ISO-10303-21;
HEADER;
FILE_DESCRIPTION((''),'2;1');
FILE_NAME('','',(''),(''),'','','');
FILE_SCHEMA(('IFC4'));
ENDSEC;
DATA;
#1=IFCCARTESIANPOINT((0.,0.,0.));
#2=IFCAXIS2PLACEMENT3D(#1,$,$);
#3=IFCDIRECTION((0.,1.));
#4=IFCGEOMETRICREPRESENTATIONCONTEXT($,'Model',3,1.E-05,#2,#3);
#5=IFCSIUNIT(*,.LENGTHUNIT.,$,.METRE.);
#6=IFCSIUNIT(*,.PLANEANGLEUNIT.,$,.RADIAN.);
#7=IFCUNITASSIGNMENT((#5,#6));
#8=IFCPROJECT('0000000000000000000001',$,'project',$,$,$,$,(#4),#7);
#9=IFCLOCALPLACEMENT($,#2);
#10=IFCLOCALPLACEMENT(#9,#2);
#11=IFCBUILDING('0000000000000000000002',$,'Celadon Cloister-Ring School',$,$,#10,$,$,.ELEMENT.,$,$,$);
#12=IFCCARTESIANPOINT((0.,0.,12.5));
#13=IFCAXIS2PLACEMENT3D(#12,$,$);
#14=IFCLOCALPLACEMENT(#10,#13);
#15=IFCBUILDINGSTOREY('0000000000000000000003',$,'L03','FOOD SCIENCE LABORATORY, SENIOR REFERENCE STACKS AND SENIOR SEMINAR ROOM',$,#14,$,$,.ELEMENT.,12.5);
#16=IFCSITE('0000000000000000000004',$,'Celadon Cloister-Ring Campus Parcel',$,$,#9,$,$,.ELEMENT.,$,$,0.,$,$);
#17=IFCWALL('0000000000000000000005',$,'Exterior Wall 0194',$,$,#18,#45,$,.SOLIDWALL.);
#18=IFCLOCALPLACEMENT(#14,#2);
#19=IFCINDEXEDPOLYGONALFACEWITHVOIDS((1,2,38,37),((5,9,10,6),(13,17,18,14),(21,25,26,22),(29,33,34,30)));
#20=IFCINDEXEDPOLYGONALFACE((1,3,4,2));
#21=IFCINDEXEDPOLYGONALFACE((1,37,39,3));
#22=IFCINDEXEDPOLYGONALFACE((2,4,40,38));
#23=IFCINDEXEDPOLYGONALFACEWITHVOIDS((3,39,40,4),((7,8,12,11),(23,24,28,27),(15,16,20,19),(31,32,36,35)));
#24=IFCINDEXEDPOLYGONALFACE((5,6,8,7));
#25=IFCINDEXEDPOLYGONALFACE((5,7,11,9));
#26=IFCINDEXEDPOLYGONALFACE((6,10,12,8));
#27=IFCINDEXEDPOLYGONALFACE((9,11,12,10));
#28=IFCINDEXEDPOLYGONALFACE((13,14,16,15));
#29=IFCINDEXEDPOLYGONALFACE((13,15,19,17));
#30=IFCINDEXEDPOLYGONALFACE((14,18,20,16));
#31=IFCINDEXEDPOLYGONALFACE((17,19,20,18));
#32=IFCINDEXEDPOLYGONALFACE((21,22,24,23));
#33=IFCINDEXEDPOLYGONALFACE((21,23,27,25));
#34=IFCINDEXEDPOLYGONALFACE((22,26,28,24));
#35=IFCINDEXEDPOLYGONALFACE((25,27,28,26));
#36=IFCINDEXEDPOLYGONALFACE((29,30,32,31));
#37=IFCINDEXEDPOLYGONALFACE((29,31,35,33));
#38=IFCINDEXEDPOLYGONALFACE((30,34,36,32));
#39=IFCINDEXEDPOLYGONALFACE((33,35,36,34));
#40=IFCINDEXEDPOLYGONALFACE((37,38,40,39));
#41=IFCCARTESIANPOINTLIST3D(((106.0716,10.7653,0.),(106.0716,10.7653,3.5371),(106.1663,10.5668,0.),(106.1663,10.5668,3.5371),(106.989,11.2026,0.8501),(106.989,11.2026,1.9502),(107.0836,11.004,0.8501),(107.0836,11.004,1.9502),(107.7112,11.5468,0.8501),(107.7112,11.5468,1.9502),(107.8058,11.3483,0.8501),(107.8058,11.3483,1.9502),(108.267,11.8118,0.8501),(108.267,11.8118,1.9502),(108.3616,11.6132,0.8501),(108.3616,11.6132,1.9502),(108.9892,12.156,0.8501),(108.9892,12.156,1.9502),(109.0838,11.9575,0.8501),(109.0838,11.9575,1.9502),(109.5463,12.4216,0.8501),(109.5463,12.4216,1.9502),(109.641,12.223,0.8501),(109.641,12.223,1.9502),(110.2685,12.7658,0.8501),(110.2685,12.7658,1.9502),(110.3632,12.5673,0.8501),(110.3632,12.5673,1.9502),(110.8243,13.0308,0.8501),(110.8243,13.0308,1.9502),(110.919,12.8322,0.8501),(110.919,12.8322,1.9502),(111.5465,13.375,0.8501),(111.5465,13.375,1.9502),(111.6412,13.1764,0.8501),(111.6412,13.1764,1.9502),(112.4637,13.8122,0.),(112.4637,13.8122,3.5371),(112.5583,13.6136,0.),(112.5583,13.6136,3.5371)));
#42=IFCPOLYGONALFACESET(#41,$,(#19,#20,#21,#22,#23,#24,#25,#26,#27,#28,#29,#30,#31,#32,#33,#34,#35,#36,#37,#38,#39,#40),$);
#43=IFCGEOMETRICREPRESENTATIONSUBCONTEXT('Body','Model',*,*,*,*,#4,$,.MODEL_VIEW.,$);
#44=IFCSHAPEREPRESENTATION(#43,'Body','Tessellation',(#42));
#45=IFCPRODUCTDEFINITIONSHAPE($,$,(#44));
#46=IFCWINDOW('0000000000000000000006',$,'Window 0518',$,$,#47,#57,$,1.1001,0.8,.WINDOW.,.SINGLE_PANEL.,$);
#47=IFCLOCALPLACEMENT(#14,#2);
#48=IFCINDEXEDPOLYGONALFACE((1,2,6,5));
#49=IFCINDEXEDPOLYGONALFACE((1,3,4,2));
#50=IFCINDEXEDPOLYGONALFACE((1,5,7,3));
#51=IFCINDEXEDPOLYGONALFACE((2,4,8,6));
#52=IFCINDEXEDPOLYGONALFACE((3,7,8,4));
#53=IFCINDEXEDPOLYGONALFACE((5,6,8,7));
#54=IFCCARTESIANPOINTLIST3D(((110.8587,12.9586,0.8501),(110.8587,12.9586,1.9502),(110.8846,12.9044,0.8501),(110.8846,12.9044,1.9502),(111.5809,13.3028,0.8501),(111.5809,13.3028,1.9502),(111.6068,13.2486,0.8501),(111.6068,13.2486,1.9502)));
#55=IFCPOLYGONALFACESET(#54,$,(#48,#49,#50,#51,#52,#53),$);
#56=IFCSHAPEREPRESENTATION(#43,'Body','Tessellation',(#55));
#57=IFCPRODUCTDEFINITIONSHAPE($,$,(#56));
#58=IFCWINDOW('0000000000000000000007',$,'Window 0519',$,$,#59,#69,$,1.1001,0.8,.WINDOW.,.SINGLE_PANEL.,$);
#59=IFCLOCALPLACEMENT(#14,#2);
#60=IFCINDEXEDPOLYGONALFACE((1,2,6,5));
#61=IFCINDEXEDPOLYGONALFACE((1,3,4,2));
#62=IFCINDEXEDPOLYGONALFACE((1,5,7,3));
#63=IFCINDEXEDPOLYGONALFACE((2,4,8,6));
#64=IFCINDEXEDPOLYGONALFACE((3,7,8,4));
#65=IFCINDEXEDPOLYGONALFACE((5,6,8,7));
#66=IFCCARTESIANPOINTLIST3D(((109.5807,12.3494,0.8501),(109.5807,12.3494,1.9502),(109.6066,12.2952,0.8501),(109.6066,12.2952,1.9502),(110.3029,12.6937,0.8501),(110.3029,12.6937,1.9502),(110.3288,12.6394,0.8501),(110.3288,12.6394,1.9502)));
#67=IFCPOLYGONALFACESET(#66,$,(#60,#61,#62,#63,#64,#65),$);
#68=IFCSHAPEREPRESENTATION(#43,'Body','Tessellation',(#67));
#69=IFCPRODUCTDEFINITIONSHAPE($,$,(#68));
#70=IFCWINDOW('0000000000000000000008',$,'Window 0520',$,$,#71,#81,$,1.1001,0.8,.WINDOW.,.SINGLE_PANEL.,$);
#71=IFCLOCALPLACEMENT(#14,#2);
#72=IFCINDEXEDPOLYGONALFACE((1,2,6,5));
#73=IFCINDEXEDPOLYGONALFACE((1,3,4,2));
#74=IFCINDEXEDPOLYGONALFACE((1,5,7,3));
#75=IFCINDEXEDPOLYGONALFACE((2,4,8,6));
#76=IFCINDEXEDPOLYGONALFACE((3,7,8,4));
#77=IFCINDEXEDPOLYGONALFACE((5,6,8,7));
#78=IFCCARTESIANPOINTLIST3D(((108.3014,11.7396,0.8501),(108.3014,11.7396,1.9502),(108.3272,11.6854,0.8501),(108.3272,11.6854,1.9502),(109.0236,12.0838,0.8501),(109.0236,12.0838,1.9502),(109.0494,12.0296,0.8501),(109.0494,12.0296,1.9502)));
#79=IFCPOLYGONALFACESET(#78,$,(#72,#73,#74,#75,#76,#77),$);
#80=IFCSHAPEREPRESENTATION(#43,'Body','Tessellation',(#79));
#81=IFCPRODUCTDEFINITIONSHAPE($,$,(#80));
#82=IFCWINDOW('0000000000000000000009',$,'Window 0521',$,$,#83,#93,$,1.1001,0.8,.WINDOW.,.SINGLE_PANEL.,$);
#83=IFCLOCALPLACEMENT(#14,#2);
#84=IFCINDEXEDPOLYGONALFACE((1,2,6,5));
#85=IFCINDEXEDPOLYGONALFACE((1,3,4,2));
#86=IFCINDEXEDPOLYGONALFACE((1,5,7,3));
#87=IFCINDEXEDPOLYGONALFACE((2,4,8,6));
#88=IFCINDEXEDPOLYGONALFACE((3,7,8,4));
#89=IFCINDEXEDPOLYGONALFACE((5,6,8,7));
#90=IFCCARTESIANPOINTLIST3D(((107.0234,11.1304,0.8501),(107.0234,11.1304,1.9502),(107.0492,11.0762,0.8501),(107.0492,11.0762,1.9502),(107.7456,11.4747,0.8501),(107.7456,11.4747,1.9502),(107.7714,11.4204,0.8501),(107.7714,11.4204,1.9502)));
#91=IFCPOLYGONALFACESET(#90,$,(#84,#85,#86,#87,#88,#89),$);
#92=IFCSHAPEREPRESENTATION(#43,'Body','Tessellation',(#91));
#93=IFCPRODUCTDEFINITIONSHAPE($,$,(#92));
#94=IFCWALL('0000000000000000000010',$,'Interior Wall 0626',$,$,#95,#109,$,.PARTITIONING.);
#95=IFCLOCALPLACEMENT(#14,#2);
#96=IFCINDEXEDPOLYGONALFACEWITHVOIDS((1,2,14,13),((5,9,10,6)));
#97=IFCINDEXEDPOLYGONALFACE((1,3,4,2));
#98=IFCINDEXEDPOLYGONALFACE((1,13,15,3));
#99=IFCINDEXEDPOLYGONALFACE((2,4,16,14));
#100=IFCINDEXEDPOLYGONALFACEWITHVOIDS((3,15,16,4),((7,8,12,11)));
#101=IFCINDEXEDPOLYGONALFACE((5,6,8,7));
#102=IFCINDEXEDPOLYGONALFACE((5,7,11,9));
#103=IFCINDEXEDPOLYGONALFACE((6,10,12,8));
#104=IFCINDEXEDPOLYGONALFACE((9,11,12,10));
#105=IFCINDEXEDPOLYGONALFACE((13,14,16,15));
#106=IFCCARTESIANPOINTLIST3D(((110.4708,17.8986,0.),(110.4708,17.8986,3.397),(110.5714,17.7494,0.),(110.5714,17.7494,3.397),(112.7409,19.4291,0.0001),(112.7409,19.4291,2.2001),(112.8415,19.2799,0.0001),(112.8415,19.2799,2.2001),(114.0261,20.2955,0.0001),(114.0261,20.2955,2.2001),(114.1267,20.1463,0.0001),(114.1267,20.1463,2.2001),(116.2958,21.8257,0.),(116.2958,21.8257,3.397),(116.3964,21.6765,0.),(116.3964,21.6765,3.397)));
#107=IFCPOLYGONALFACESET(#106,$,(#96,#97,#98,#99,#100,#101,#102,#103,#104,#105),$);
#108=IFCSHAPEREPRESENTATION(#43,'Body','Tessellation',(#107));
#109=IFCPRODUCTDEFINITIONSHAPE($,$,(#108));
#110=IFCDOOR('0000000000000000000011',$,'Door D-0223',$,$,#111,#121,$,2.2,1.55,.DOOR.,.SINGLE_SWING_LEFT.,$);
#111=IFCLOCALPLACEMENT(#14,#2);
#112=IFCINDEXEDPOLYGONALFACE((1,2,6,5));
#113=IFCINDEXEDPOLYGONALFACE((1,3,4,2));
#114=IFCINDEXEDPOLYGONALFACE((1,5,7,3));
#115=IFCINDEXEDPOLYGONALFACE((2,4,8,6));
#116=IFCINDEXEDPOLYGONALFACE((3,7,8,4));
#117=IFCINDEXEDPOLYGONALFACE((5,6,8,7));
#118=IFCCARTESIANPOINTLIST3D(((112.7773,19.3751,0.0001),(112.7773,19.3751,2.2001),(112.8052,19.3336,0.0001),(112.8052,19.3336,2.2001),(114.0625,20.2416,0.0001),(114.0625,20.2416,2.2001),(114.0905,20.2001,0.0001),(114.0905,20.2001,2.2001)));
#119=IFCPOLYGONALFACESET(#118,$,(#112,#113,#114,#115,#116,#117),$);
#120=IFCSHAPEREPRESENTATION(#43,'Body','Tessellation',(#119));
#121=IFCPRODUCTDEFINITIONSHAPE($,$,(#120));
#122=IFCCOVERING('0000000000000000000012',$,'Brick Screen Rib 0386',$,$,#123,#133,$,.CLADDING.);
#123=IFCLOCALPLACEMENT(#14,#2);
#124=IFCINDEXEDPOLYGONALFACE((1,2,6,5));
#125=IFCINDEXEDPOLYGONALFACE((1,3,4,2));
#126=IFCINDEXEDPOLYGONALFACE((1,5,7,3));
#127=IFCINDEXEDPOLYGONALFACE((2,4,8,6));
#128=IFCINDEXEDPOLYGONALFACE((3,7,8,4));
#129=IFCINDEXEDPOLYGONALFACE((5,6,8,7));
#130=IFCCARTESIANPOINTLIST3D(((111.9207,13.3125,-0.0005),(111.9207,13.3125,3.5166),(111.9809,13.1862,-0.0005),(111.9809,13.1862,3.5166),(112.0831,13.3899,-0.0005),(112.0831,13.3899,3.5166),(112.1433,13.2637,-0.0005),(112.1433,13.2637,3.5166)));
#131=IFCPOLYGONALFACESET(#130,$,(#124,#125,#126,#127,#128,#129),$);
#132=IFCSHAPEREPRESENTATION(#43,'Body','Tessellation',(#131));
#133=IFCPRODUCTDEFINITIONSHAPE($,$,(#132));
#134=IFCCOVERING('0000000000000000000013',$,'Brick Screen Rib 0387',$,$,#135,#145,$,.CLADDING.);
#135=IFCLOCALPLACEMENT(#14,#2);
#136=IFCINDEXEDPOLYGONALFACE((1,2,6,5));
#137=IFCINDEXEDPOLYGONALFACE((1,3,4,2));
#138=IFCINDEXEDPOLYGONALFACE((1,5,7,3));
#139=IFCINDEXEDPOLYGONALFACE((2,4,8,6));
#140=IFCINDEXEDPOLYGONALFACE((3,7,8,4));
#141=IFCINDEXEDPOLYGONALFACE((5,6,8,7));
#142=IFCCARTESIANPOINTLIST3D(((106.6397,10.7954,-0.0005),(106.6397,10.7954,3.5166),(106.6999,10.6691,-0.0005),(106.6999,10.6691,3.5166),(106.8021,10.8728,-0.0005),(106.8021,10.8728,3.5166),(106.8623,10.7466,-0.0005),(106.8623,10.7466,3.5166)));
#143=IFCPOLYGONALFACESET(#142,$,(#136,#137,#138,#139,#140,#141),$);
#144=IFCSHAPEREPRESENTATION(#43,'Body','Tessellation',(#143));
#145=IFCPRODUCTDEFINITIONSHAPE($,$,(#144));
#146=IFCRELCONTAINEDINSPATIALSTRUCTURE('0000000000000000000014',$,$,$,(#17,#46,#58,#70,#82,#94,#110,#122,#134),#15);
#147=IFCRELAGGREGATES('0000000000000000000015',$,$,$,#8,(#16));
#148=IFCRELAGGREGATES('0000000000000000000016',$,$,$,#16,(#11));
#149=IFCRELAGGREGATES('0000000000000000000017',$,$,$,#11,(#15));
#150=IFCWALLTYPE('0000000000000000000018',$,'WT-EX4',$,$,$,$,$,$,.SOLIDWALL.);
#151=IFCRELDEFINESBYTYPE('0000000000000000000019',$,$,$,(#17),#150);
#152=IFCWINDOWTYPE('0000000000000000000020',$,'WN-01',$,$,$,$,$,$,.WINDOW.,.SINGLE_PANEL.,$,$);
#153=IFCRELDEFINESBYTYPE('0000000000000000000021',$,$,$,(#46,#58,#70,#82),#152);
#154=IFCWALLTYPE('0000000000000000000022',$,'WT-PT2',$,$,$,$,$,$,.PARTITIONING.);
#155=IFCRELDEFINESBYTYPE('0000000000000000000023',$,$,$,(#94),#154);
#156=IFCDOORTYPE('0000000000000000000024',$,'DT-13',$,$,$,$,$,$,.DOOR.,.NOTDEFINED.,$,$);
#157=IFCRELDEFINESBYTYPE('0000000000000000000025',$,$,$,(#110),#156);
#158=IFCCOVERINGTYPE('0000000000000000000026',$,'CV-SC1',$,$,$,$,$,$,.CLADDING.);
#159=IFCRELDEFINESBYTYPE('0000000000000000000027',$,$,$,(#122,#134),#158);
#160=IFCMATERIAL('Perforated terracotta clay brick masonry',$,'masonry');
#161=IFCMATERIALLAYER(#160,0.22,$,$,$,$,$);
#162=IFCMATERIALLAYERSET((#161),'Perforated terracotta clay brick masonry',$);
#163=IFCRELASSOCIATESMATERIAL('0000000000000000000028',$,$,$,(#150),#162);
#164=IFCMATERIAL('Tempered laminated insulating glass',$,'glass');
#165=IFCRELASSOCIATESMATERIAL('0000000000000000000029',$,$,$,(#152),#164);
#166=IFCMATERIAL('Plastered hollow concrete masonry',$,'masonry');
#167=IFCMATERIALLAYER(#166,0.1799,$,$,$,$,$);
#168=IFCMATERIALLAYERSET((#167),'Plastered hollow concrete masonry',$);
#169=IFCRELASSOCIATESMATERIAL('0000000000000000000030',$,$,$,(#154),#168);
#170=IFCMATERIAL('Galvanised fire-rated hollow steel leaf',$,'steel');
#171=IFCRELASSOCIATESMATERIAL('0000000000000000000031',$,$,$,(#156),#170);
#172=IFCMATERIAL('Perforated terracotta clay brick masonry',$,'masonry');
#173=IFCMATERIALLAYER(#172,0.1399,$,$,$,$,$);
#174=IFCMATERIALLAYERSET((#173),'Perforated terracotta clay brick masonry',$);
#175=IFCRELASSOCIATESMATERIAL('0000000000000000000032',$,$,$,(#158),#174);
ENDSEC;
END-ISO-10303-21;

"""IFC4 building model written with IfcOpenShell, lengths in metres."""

from ifc_helpers import new_model, si_unit, direction, frame, frame_2d, origin, origin_2d, place, context, subcontext, project, spatial, rectangle, extrude, material, layer, layer_set, type_object, element, fill, save


model = new_model("IFC4")

# Units and contexts
model_context = context("Model", 3, precision=1e-05, world=origin(), true_north=direction((0.0, 1.0)))
body_context = subcontext(model_context, "Body", "Model", "MODEL_VIEW")
ifc_project = project(units=[si_unit("LENGTHUNIT", "METRE"), si_unit("PLANEANGLEUNIT", "RADIAN")], contexts=[model_context])

# Site, building, storey
site_placement = place(None, origin())
site = spatial("IfcSite", under=ifc_project, at=site_placement, Name="Celadon Cloister-Ring Campus Parcel", CompositionType="ELEMENT", RefElevation=0.0)
building_placement = place(site_placement, origin())
building = spatial("IfcBuilding", under=site, at=building_placement, Name="Celadon Cloister-Ring School", CompositionType="ELEMENT")
storey_placement = place(building_placement, frame((0.0, 0.0, 12.5)))
storey = spatial("IfcBuildingStorey", under=building, at=storey_placement, Name="L03", Description="FOOD SCIENCE LABORATORY, SENIOR REFERENCE STACKS AND SENIOR SEMINAR ROOM", CompositionType="ELEMENT", Elevation=12.5)

# Wall, openings, windows
ifc_material_1 = material(Name="Perforated terracotta clay brick masonry", Category="masonry")
ifc_layer_1 = layer(ifc_material_1, 0.22)
ifc_layer_set_1 = layer_set([ifc_layer_1], Name="Perforated terracotta clay brick masonry")
wall_type_1 = type_object("IfcWallType", Name="WT-EX4", PredefinedType="SOLIDWALL", material=ifc_layer_set_1)
wall_1_placement = place(storey_placement, frame((112.511, 13.7129, 0.0), z_axis=(0.0, 0.0, 1.0), x_axis=(-0.902695, -0.430282, 0.0)))
wall_1 = element("IfcWall", 1, at=wall_1_placement, inside=storey, type_object=wall_type_1, Name="Exterior Wall 0194", PredefinedType="SOLIDWALL", context=body_context, shape_type="SweptSolid", body=[
    extrude(rectangle(XDim=7.0811, YDim=0.22, at=frame_2d((3.5405, 0.0))), origin(), (0.0, 0.0, 1.0), 3.5371),
])
opening_1_placement = place(wall_1_placement, frame((1.0161, 0.0, 0.8501)))
opening_1 = element("IfcOpeningElement", 2, at=opening_1_placement, cuts=wall_1, PredefinedType="OPENING", context=body_context, shape_type="SweptSolid", body=[
    extrude(rectangle(XDim=0.8, YDim=1.1001, at=frame_2d((0.3999, 0.55))), frame((0.0, 0.1201, 0.0), z_axis=(0.0, -1.0, 0.0), x_axis=(1.0, 0.0, 0.0)), (0.0, 0.0, 1.0), 0.24),
])
opening_2_placement = place(wall_1_placement, frame((2.4319, 0.0, 0.8501)))
opening_2 = element("IfcOpeningElement", 3, at=opening_2_placement, cuts=wall_1, PredefinedType="OPENING", context=body_context, shape_type="SweptSolid", body=[
    extrude(rectangle(XDim=0.8, YDim=1.1001, at=frame_2d((0.3999, 0.55))), frame((0.0, 0.1201, 0.0), z_axis=(0.0, -1.0, 0.0), x_axis=(1.0, 0.0, 0.0)), (0.0, 0.0, 1.0), 0.24),
])
opening_3_placement = place(wall_1_placement, frame((3.8491, 0.0, 0.8501)))
opening_3 = element("IfcOpeningElement", 4, at=opening_3_placement, cuts=wall_1, PredefinedType="OPENING", context=body_context, shape_type="SweptSolid", body=[
    extrude(rectangle(XDim=0.8, YDim=1.1001, at=frame_2d((0.3999, 0.55))), frame((0.0, 0.1201, 0.0), z_axis=(0.0, -1.0, 0.0), x_axis=(1.0, 0.0, 0.0)), (0.0, 0.0, 1.0), 0.24),
])
opening_4_placement = place(wall_1_placement, frame((5.2649, 0.0, 0.8501)))
opening_4 = element("IfcOpeningElement", 5, at=opening_4_placement, cuts=wall_1, PredefinedType="OPENING", context=body_context, shape_type="SweptSolid", body=[
    extrude(rectangle(XDim=0.8, YDim=1.1001, at=frame_2d((0.3999, 0.55))), frame((0.0, 0.1201, 0.0), z_axis=(0.0, -1.0, 0.0), x_axis=(1.0, 0.0, 0.0)), (0.0, 0.0, 1.0), 0.24),
])
ifc_material_2 = material(Name="Tempered laminated insulating glass", Category="glass")
window_type = type_object("IfcWindowType", Name="WN-01", PartitioningType="SINGLE_PANEL", PredefinedType="WINDOW", material=ifc_material_2)
window_1_placement = place(opening_1_placement, origin())
window_1 = element("IfcWindow", 6, at=window_1_placement, inside=storey, type_object=window_type, Name="Window 0518", OverallHeight=1.1001, OverallWidth=0.8, PartitioningType="SINGLE_PANEL", PredefinedType="WINDOW", context=body_context, shape_type="SweptSolid", body=[
    extrude(rectangle(XDim=0.8, YDim=1.1001, at=frame_2d((0.3999, 0.55))), frame((0.0, 0.03, 0.0), z_axis=(0.0, -1.0, 0.0), x_axis=(1.0, 0.0, 0.0)), (0.0, 0.0, 1.0), 0.0601),
])
fill(opening_1, window_1)
window_2_placement = place(opening_2_placement, origin())
window_2 = element("IfcWindow", 7, at=window_2_placement, inside=storey, type_object=window_type, Name="Window 0519", OverallHeight=1.1001, OverallWidth=0.8, PartitioningType="SINGLE_PANEL", PredefinedType="WINDOW", context=body_context, shape_type="SweptSolid", body=[
    extrude(rectangle(XDim=0.8, YDim=1.1001, at=frame_2d((0.3999, 0.55))), frame((0.0, 0.03, 0.0), z_axis=(0.0, -1.0, 0.0), x_axis=(1.0, 0.0, 0.0)), (0.0, 0.0, 1.0), 0.0601),
])
fill(opening_2, window_2)
window_3_placement = place(opening_3_placement, origin())
window_3 = element("IfcWindow", 8, at=window_3_placement, inside=storey, type_object=window_type, Name="Window 0520", OverallHeight=1.1001, OverallWidth=0.8, PartitioningType="SINGLE_PANEL", PredefinedType="WINDOW", context=body_context, shape_type="SweptSolid", body=[
    extrude(rectangle(XDim=0.8, YDim=1.1001, at=frame_2d((0.3999, 0.55))), frame((0.0, 0.03, 0.0), z_axis=(0.0, -1.0, 0.0), x_axis=(1.0, 0.0, 0.0)), (0.0, 0.0, 1.0), 0.0601),
])
fill(opening_3, window_3)
window_4_placement = place(opening_4_placement, origin())
window_4 = element("IfcWindow", 9, at=window_4_placement, inside=storey, type_object=window_type, Name="Window 0521", OverallHeight=1.1001, OverallWidth=0.8, PartitioningType="SINGLE_PANEL", PredefinedType="WINDOW", context=body_context, shape_type="SweptSolid", body=[
    extrude(rectangle(XDim=0.8, YDim=1.1001, at=frame_2d((0.3999, 0.55))), frame((0.0, 0.03, 0.0), z_axis=(0.0, -1.0, 0.0), x_axis=(1.0, 0.0, 0.0)), (0.0, 0.0, 1.0), 0.0601),
])
fill(opening_4, window_4)

# Wall, opening, door
ifc_material_3 = material(Name="Plastered hollow concrete masonry", Category="masonry")
ifc_layer_2 = layer(ifc_material_3, 0.1799)
ifc_layer_set_2 = layer_set([ifc_layer_2], Name="Plastered hollow concrete masonry")
wall_type_2 = type_object("IfcWallType", Name="WT-PT2", PredefinedType="PARTITIONING", material=ifc_layer_set_2)
wall_2_placement = place(storey_placement, frame((110.521, 17.824, 0.0), z_axis=(0.0, 0.0, 1.0), x_axis=(0.829168, 0.558999, 0.0)))
wall_2 = element("IfcWall", 10, at=wall_2_placement, inside=storey, type_object=wall_type_2, Name="Interior Wall 0626", PredefinedType="PARTITIONING", context=body_context, shape_type="SweptSolid", body=[
    extrude(rectangle(XDim=7.0251, YDim=0.1799, at=frame_2d((3.5127, 0.0))), origin(), (0.0, 0.0, 1.0), 3.397),
])
opening_5_placement = place(wall_2_placement, frame((2.738, 0.0, 0.0)))
opening_5 = element("IfcOpeningElement", 11, at=opening_5_placement, cuts=wall_2, PredefinedType="OPENING", context=body_context, shape_type="SweptSolid", body=[
    extrude(rectangle(XDim=1.55, YDim=2.2, at=frame_2d((0.7749, 1.1001))), frame((0.0, 0.1001, 0.0), z_axis=(0.0, -1.0, 0.0), x_axis=(1.0, 0.0, 0.0)), (0.0, 0.0, 1.0), 0.2),
])
ifc_material_4 = material(Name="Galvanised fire-rated hollow steel leaf", Category="steel")
door_type = type_object("IfcDoorType", Name="DT-13", OperationType="NOTDEFINED", PredefinedType="DOOR", material=ifc_material_4)
door_placement = place(opening_5_placement, origin())
door = element("IfcDoor", 12, at=door_placement, inside=storey, type_object=door_type, Name="Door D-0223", OperationType="SINGLE_SWING_LEFT", OverallHeight=2.2, OverallWidth=1.55, PredefinedType="DOOR", context=body_context, shape_type="SweptSolid", body=[
    extrude(rectangle(XDim=1.55, YDim=2.2, at=frame_2d((0.7749, 1.1001))), frame((0.0, 0.0249, 0.0), z_axis=(0.0, -1.0, 0.0), x_axis=(1.0, 0.0, 0.0)), (0.0, 0.0, 1.0), 0.05),
])
fill(opening_5, door)

# Coverings
ifc_material_5 = material(Name="Perforated terracotta clay brick masonry", Category="masonry")
ifc_layer_3 = layer(ifc_material_5, 0.1399)
ifc_layer_set_3 = layer_set([ifc_layer_3], Name="Perforated terracotta clay brick masonry")
covering_type = type_object("IfcCoveringType", Name="CV-SC1", PredefinedType="CLADDING", material=ifc_layer_set_3)
for number, where, z_axis, x_axis, name in (
    (13, (112.032, 13.2881, -0.0005), (0.0, 0.0, 1.0), (-0.902683, -0.430306, 0.0), "Brick Screen Rib 0386"),
    (14, (106.751, 10.771, -0.0005), (0.0, 0.0, 1.0), (-0.902683, -0.430306, 0.0), "Brick Screen Rib 0387"),
):
    element("IfcCovering", number, at=place(storey_placement, frame(where, z_axis=z_axis, x_axis=x_axis)), inside=storey, type_object=covering_type, Name=name, PredefinedType="CLADDING", context=body_context, shape_type="SweptSolid", body=[
        extrude(rectangle(XDim=0.1799, YDim=0.1399, at=origin_2d()), origin(), (0.0, 0.0, 1.0), 3.5171),
    ])

save(model, "model.ifc")
